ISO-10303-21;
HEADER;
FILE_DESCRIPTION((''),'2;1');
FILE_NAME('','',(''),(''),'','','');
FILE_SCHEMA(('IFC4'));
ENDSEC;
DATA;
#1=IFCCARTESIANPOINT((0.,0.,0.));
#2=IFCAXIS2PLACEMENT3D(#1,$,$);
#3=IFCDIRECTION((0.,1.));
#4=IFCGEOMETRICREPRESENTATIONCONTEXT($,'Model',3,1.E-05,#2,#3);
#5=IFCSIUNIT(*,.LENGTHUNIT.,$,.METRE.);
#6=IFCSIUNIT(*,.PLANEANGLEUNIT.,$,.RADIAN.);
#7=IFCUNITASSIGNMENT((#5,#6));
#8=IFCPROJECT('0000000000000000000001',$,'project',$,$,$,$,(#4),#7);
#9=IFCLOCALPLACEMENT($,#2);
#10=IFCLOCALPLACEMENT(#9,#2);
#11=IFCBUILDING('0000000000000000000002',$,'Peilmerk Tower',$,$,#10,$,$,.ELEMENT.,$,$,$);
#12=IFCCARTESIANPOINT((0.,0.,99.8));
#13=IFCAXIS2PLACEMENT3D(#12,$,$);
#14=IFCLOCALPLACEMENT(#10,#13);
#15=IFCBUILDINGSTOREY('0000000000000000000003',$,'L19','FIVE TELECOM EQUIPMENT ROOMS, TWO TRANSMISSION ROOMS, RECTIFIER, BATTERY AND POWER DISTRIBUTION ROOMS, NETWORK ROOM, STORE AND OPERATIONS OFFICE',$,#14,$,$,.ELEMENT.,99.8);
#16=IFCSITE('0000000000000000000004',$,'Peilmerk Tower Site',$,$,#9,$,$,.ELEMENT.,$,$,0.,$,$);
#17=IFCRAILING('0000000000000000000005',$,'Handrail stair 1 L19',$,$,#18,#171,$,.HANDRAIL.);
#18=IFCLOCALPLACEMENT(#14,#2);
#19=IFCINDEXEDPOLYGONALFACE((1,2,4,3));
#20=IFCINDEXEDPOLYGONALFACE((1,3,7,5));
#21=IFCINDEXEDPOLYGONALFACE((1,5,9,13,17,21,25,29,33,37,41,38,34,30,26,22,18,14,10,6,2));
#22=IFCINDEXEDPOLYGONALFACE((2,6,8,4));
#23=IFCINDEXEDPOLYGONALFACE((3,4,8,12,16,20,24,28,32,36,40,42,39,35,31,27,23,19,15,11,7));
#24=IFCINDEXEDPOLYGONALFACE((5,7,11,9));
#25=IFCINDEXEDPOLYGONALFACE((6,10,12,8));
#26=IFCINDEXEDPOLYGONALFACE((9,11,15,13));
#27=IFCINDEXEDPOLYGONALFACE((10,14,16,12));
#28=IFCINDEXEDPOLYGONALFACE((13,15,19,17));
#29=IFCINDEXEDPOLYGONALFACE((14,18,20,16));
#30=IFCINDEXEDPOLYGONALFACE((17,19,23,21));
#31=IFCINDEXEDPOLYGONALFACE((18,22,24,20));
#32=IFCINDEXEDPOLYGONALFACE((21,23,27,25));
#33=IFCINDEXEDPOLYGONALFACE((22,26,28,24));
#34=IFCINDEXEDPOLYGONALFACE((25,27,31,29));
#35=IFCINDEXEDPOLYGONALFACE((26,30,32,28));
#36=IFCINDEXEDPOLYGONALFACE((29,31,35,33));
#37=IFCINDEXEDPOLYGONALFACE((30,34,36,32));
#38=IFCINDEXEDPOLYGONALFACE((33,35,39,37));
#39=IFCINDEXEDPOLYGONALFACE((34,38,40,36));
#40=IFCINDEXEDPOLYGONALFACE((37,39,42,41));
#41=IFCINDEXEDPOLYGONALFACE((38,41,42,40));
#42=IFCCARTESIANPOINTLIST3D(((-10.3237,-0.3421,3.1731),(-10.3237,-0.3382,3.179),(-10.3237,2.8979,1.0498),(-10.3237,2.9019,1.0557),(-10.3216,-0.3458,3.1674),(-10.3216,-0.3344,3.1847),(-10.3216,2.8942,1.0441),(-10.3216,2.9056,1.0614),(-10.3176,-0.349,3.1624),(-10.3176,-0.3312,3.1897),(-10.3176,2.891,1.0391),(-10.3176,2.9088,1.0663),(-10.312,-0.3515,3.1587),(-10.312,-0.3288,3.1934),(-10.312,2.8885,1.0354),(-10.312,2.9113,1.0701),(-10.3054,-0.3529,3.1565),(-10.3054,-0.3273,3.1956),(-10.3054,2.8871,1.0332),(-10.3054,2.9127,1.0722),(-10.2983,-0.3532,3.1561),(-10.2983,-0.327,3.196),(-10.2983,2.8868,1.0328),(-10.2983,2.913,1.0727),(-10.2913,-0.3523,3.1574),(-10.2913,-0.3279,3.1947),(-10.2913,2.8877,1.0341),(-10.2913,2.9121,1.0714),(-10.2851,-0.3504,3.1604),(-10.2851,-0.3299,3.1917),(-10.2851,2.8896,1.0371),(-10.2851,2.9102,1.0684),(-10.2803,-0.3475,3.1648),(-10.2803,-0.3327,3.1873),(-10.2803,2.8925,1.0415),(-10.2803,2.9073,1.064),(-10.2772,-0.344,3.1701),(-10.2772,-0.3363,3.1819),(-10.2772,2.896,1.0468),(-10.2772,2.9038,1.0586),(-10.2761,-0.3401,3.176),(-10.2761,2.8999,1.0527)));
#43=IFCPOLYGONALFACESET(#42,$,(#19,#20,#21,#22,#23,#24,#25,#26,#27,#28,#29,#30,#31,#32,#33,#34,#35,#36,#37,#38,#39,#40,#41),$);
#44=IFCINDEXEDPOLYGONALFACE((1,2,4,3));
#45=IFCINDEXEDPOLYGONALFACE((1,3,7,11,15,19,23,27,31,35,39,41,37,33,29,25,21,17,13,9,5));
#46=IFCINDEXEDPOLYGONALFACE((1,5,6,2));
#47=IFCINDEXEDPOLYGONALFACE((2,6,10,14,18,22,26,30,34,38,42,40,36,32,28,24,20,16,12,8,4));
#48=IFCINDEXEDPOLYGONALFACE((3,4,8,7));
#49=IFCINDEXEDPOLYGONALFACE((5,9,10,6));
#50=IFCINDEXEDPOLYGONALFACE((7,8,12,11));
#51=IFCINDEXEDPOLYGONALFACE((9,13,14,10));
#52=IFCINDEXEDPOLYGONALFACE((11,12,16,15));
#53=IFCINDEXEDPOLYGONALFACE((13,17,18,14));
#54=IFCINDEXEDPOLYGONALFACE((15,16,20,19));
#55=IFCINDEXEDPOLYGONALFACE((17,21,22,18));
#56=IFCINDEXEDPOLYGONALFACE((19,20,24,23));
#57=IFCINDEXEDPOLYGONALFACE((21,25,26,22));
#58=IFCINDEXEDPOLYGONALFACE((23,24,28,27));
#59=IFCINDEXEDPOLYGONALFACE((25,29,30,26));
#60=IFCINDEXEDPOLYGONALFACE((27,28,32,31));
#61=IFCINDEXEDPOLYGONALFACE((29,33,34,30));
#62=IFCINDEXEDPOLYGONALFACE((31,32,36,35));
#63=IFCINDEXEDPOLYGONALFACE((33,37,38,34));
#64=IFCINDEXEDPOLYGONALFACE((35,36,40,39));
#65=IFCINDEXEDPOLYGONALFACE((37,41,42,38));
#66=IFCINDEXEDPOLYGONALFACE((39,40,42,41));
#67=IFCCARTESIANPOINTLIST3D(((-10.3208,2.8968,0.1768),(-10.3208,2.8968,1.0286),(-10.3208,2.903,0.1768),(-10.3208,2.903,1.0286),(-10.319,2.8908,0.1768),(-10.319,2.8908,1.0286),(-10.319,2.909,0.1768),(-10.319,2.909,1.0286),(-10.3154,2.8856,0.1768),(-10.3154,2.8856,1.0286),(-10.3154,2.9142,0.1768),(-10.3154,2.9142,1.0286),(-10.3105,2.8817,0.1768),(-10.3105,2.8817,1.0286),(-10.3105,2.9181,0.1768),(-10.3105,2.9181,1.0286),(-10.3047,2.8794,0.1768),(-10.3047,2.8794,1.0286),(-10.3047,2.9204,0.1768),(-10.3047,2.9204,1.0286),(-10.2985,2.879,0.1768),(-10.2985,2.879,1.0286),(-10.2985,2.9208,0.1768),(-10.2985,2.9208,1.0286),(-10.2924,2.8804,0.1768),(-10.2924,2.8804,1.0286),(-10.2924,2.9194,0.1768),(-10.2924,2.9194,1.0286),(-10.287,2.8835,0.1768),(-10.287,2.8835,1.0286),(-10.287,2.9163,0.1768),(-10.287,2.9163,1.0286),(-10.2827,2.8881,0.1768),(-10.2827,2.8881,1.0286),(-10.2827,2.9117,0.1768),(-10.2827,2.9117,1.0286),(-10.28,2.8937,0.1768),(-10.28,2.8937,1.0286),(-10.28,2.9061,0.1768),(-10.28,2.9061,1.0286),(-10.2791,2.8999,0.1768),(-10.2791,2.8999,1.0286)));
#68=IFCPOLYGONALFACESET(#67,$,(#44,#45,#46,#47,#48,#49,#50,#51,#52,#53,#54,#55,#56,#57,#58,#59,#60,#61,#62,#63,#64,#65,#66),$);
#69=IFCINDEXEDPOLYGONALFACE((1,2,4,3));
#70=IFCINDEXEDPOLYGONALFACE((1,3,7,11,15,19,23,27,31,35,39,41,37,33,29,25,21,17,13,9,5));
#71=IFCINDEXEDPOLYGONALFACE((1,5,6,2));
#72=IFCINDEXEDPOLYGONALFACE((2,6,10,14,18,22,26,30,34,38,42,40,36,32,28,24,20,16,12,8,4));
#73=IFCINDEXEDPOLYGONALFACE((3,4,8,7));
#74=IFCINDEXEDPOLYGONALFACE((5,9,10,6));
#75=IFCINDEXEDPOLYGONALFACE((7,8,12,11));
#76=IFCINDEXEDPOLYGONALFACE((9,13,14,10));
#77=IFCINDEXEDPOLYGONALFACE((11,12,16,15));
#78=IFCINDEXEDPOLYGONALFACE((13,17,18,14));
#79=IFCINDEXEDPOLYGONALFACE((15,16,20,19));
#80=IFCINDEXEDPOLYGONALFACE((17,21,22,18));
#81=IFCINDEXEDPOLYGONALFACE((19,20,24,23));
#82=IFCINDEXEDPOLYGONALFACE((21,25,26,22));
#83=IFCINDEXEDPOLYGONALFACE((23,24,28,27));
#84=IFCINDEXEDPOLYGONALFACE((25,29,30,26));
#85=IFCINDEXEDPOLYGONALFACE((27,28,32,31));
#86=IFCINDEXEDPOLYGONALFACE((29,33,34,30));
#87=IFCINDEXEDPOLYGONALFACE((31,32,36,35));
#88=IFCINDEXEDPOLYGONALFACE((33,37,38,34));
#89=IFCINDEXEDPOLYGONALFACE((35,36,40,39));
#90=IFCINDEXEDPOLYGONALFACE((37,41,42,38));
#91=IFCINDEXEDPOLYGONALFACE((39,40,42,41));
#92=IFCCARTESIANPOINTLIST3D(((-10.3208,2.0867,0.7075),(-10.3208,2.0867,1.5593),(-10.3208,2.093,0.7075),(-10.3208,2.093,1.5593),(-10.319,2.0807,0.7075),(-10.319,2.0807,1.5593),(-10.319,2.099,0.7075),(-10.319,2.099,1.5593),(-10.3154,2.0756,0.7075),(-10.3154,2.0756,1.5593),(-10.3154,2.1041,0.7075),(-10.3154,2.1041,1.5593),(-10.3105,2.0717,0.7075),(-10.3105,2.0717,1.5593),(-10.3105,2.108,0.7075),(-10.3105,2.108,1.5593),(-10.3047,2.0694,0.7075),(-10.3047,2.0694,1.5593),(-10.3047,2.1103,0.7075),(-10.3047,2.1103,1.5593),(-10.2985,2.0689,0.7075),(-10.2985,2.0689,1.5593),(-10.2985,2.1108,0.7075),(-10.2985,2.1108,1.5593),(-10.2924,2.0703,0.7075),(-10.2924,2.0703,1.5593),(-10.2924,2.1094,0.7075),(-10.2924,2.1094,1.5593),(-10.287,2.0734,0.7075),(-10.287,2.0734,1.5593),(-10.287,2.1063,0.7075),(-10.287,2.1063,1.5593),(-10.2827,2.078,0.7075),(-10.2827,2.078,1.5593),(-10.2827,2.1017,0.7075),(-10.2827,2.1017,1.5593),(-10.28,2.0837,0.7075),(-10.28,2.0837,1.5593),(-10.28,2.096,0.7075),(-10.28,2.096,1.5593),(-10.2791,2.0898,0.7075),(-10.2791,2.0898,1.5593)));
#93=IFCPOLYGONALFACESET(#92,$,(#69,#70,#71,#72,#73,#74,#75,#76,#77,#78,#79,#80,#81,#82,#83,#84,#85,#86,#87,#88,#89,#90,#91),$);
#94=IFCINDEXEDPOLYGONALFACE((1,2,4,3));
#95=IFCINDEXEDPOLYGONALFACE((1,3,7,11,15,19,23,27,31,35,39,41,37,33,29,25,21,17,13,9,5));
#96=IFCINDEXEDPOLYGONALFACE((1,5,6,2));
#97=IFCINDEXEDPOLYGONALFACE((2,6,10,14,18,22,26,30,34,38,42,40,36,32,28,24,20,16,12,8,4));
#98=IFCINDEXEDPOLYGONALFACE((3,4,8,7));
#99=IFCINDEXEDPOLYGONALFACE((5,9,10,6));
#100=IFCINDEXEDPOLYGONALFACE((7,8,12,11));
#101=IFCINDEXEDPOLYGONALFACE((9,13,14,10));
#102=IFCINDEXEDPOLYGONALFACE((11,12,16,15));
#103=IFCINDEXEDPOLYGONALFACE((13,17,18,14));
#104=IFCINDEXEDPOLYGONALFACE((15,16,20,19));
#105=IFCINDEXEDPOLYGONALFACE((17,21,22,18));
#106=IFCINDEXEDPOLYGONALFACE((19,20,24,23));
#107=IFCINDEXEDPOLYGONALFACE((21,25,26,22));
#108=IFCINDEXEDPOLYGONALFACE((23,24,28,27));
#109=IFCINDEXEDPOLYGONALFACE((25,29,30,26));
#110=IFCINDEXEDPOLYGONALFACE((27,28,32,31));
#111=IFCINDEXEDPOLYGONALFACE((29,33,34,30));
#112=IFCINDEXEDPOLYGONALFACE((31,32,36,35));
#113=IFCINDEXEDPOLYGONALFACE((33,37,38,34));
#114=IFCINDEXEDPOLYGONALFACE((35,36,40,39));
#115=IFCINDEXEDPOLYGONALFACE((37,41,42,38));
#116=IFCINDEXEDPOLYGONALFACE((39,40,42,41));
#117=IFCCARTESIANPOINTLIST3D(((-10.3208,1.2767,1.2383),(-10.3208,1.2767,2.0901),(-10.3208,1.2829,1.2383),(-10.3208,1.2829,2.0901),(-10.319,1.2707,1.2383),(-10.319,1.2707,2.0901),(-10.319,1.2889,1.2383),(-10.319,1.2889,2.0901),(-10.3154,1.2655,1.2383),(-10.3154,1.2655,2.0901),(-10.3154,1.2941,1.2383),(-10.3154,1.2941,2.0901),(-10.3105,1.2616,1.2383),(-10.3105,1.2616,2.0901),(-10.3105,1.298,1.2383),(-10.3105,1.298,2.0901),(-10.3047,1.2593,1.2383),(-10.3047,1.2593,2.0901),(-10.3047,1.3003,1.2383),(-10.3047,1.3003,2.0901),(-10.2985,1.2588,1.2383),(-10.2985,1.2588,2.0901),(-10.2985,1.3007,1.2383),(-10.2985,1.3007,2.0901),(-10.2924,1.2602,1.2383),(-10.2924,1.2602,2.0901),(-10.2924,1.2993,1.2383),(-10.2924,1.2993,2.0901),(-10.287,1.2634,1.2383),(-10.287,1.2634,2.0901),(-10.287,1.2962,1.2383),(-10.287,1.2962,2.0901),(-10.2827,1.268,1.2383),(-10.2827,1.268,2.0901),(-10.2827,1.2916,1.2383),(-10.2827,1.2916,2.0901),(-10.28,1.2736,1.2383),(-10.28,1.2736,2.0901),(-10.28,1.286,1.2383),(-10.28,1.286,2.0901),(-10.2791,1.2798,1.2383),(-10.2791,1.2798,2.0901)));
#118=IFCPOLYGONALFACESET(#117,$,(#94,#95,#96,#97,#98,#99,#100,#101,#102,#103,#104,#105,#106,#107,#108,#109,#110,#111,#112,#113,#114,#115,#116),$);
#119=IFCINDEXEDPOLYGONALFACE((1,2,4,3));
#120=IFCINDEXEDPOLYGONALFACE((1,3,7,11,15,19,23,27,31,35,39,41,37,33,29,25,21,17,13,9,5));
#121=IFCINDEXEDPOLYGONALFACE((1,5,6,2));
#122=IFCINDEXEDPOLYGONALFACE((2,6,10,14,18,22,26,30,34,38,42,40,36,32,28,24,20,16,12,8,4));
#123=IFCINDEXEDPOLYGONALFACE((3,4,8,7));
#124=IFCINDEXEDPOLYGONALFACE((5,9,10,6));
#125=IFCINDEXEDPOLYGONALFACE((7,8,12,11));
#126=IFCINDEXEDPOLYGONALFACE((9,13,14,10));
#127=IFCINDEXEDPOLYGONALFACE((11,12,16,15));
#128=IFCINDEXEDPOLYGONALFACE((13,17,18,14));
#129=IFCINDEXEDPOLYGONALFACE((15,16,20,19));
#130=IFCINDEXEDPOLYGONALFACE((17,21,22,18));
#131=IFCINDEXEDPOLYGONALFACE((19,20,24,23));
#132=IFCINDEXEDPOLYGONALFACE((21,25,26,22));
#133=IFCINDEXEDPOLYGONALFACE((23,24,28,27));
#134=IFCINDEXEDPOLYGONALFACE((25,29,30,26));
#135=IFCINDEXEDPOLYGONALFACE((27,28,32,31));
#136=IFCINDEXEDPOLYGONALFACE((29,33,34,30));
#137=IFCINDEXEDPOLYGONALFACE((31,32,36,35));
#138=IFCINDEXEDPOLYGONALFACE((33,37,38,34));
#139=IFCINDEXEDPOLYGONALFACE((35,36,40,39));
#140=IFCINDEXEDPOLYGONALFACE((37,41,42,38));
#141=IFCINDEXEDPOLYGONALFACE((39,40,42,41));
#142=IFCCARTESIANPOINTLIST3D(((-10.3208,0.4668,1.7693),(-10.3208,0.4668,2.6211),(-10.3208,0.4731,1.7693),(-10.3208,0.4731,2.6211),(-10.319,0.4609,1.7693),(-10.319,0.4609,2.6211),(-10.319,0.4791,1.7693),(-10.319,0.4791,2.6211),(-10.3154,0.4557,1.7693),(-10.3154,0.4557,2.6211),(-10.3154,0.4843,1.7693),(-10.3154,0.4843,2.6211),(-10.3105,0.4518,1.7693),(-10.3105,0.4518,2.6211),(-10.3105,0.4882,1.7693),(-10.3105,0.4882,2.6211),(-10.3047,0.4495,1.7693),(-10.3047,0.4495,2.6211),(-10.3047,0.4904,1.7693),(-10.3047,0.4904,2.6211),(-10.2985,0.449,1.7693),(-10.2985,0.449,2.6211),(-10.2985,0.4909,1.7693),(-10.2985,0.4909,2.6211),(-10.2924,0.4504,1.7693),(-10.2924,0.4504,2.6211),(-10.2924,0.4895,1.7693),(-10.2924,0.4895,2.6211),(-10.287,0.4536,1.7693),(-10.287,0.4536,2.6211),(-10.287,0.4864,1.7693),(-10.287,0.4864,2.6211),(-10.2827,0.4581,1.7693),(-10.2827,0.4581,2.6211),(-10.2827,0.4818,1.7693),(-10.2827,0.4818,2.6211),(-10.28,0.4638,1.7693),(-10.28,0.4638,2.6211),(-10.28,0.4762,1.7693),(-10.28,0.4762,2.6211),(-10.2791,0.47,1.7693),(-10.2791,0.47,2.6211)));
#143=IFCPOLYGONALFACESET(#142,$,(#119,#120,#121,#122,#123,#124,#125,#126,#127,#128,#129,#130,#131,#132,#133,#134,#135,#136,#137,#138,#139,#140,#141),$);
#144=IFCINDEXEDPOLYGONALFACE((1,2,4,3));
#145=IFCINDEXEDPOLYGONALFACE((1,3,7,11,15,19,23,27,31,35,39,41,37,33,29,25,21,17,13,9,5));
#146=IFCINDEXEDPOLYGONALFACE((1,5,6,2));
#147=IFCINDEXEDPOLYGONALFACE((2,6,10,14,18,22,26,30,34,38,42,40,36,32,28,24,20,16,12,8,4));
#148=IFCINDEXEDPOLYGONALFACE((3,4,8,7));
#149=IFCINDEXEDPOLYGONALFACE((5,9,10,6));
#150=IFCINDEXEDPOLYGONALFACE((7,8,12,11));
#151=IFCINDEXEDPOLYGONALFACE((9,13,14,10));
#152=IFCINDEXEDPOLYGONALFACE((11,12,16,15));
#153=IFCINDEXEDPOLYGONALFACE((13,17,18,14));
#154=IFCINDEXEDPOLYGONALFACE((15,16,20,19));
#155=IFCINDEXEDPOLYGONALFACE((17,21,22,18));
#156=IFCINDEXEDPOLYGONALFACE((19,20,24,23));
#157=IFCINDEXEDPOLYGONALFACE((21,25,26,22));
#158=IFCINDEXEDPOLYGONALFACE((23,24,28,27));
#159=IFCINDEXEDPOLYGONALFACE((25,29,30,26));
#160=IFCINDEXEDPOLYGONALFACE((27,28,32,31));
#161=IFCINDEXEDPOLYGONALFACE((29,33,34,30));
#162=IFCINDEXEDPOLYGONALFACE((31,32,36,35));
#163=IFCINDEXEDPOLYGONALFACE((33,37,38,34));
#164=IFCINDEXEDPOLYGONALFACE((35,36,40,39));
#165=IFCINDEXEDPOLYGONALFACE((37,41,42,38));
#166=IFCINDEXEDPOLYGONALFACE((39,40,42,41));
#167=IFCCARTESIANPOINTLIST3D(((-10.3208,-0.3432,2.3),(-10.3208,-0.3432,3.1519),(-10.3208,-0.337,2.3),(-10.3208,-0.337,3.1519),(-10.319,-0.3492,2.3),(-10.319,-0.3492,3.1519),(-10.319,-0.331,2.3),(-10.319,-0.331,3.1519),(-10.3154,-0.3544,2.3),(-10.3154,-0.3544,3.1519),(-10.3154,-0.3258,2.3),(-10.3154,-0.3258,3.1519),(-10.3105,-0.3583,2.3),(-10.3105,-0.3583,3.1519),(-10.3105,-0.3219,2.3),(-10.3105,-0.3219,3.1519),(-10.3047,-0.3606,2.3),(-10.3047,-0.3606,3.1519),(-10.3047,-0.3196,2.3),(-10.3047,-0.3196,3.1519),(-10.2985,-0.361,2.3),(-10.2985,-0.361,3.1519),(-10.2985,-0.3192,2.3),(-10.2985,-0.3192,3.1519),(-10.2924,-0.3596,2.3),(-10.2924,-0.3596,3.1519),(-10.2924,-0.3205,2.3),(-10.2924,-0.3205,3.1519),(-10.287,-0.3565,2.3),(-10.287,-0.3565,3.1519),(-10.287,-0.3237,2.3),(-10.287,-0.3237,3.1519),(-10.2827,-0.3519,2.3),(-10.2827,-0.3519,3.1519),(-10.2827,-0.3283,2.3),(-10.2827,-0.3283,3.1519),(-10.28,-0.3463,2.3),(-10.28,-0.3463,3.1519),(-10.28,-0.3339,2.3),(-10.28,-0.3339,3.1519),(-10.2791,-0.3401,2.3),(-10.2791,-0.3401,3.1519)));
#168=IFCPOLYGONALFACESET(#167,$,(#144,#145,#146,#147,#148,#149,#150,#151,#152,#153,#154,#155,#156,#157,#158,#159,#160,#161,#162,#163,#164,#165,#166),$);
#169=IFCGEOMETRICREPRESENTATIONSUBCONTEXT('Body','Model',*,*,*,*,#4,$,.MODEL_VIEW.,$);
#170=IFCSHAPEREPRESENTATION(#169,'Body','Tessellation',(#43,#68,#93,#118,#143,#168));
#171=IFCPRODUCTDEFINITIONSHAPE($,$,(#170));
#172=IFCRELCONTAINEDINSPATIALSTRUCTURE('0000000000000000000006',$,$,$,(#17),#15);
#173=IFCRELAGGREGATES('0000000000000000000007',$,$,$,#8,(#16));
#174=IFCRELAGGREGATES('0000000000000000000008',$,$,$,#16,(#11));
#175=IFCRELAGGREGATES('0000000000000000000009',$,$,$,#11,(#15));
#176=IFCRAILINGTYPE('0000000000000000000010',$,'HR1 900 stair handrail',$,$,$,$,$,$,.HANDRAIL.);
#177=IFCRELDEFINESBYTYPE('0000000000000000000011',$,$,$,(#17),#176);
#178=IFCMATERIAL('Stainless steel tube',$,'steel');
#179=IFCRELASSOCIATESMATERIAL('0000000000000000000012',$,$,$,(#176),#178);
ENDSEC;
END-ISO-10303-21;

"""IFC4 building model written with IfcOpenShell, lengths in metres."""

from ifc_helpers import new_model, si_unit, direction, frame, origin, origin_2d, place, context, subcontext, project, spatial, circle, extrude, material, type_object, element, save


model = new_model("IFC4")

# Units and contexts
model_context = context("Model", 3, precision=1e-05, world=origin(), true_north=direction((0.0, 1.0)))
body_context = subcontext(model_context, "Body", "Model", "MODEL_VIEW")
ifc_project = project(units=[si_unit("LENGTHUNIT", "METRE"), si_unit("PLANEANGLEUNIT", "RADIAN")], contexts=[model_context])

# Site, building, storey
site_placement = place(None, origin())
site = spatial("IfcSite", under=ifc_project, at=site_placement, Name="Peilmerk Tower Site", CompositionType="ELEMENT", RefElevation=0.0)
building_placement = place(site_placement, origin())
building = spatial("IfcBuilding", under=site, at=building_placement, Name="Peilmerk Tower", CompositionType="ELEMENT")
storey_placement = place(building_placement, frame((0.0, 0.0, 99.8)))
storey = spatial("IfcBuildingStorey", under=building, at=storey_placement, Name="L19", Description="FIVE TELECOM EQUIPMENT ROOMS, TWO TRANSMISSION ROOMS, RECTIFIER, BATTERY AND POWER DISTRIBUTION ROOMS, NETWORK ROOM, STORE AND OPERATIONS OFFICE", CompositionType="ELEMENT", Elevation=99.8)

# Railing
ifc_material_1 = material(Name="Stainless steel tube", Category="steel")
railing_type_1 = type_object("IfcRailingType", Name="HR1 900 stair handrail", PredefinedType="HANDRAIL", material=ifc_material_1)
railing_1_placement = place(storey_placement, frame((-10.3, 2.8999, 0.1768)))
element("IfcRailing", 1, at=railing_1_placement, inside=storey, type_object=railing_type_1, Name="Handrail stair 1 L19", PredefinedType="HANDRAIL", context=body_context, shape_type="SweptSolid", body=[
    extrude(circle(Radius=0.0239, at=origin_2d()), frame((0.0, 0.0, 0.876), z_axis=(0.0, -0.836397, 0.548124), x_axis=(1.0, 0.0, 0.0)), (0.0, 0.0, 1.0), 3.8738),
    extrude(circle(Radius=0.021, at=origin_2d()), origin(), (0.0, 0.0, 1.0), 0.8518),
    extrude(circle(Radius=0.021, at=origin_2d()), frame((0.0, -0.8101, 0.5308)), (0.0, 0.0, 1.0), 0.8518),
    extrude(circle(Radius=0.021, at=origin_2d()), frame((0.0, -1.6201, 1.0615)), (0.0, 0.0, 1.0), 0.8518),
    extrude(circle(Radius=0.021, at=origin_2d()), frame((0.0, -2.4299, 1.5925)), (0.0, 0.0, 1.0), 0.8518),
    extrude(circle(Radius=0.021, at=origin_2d()), frame((0.0, -3.24, 2.1233)), (0.0, 0.0, 1.0), 0.8518),
])

save(model, "model.ifc")
